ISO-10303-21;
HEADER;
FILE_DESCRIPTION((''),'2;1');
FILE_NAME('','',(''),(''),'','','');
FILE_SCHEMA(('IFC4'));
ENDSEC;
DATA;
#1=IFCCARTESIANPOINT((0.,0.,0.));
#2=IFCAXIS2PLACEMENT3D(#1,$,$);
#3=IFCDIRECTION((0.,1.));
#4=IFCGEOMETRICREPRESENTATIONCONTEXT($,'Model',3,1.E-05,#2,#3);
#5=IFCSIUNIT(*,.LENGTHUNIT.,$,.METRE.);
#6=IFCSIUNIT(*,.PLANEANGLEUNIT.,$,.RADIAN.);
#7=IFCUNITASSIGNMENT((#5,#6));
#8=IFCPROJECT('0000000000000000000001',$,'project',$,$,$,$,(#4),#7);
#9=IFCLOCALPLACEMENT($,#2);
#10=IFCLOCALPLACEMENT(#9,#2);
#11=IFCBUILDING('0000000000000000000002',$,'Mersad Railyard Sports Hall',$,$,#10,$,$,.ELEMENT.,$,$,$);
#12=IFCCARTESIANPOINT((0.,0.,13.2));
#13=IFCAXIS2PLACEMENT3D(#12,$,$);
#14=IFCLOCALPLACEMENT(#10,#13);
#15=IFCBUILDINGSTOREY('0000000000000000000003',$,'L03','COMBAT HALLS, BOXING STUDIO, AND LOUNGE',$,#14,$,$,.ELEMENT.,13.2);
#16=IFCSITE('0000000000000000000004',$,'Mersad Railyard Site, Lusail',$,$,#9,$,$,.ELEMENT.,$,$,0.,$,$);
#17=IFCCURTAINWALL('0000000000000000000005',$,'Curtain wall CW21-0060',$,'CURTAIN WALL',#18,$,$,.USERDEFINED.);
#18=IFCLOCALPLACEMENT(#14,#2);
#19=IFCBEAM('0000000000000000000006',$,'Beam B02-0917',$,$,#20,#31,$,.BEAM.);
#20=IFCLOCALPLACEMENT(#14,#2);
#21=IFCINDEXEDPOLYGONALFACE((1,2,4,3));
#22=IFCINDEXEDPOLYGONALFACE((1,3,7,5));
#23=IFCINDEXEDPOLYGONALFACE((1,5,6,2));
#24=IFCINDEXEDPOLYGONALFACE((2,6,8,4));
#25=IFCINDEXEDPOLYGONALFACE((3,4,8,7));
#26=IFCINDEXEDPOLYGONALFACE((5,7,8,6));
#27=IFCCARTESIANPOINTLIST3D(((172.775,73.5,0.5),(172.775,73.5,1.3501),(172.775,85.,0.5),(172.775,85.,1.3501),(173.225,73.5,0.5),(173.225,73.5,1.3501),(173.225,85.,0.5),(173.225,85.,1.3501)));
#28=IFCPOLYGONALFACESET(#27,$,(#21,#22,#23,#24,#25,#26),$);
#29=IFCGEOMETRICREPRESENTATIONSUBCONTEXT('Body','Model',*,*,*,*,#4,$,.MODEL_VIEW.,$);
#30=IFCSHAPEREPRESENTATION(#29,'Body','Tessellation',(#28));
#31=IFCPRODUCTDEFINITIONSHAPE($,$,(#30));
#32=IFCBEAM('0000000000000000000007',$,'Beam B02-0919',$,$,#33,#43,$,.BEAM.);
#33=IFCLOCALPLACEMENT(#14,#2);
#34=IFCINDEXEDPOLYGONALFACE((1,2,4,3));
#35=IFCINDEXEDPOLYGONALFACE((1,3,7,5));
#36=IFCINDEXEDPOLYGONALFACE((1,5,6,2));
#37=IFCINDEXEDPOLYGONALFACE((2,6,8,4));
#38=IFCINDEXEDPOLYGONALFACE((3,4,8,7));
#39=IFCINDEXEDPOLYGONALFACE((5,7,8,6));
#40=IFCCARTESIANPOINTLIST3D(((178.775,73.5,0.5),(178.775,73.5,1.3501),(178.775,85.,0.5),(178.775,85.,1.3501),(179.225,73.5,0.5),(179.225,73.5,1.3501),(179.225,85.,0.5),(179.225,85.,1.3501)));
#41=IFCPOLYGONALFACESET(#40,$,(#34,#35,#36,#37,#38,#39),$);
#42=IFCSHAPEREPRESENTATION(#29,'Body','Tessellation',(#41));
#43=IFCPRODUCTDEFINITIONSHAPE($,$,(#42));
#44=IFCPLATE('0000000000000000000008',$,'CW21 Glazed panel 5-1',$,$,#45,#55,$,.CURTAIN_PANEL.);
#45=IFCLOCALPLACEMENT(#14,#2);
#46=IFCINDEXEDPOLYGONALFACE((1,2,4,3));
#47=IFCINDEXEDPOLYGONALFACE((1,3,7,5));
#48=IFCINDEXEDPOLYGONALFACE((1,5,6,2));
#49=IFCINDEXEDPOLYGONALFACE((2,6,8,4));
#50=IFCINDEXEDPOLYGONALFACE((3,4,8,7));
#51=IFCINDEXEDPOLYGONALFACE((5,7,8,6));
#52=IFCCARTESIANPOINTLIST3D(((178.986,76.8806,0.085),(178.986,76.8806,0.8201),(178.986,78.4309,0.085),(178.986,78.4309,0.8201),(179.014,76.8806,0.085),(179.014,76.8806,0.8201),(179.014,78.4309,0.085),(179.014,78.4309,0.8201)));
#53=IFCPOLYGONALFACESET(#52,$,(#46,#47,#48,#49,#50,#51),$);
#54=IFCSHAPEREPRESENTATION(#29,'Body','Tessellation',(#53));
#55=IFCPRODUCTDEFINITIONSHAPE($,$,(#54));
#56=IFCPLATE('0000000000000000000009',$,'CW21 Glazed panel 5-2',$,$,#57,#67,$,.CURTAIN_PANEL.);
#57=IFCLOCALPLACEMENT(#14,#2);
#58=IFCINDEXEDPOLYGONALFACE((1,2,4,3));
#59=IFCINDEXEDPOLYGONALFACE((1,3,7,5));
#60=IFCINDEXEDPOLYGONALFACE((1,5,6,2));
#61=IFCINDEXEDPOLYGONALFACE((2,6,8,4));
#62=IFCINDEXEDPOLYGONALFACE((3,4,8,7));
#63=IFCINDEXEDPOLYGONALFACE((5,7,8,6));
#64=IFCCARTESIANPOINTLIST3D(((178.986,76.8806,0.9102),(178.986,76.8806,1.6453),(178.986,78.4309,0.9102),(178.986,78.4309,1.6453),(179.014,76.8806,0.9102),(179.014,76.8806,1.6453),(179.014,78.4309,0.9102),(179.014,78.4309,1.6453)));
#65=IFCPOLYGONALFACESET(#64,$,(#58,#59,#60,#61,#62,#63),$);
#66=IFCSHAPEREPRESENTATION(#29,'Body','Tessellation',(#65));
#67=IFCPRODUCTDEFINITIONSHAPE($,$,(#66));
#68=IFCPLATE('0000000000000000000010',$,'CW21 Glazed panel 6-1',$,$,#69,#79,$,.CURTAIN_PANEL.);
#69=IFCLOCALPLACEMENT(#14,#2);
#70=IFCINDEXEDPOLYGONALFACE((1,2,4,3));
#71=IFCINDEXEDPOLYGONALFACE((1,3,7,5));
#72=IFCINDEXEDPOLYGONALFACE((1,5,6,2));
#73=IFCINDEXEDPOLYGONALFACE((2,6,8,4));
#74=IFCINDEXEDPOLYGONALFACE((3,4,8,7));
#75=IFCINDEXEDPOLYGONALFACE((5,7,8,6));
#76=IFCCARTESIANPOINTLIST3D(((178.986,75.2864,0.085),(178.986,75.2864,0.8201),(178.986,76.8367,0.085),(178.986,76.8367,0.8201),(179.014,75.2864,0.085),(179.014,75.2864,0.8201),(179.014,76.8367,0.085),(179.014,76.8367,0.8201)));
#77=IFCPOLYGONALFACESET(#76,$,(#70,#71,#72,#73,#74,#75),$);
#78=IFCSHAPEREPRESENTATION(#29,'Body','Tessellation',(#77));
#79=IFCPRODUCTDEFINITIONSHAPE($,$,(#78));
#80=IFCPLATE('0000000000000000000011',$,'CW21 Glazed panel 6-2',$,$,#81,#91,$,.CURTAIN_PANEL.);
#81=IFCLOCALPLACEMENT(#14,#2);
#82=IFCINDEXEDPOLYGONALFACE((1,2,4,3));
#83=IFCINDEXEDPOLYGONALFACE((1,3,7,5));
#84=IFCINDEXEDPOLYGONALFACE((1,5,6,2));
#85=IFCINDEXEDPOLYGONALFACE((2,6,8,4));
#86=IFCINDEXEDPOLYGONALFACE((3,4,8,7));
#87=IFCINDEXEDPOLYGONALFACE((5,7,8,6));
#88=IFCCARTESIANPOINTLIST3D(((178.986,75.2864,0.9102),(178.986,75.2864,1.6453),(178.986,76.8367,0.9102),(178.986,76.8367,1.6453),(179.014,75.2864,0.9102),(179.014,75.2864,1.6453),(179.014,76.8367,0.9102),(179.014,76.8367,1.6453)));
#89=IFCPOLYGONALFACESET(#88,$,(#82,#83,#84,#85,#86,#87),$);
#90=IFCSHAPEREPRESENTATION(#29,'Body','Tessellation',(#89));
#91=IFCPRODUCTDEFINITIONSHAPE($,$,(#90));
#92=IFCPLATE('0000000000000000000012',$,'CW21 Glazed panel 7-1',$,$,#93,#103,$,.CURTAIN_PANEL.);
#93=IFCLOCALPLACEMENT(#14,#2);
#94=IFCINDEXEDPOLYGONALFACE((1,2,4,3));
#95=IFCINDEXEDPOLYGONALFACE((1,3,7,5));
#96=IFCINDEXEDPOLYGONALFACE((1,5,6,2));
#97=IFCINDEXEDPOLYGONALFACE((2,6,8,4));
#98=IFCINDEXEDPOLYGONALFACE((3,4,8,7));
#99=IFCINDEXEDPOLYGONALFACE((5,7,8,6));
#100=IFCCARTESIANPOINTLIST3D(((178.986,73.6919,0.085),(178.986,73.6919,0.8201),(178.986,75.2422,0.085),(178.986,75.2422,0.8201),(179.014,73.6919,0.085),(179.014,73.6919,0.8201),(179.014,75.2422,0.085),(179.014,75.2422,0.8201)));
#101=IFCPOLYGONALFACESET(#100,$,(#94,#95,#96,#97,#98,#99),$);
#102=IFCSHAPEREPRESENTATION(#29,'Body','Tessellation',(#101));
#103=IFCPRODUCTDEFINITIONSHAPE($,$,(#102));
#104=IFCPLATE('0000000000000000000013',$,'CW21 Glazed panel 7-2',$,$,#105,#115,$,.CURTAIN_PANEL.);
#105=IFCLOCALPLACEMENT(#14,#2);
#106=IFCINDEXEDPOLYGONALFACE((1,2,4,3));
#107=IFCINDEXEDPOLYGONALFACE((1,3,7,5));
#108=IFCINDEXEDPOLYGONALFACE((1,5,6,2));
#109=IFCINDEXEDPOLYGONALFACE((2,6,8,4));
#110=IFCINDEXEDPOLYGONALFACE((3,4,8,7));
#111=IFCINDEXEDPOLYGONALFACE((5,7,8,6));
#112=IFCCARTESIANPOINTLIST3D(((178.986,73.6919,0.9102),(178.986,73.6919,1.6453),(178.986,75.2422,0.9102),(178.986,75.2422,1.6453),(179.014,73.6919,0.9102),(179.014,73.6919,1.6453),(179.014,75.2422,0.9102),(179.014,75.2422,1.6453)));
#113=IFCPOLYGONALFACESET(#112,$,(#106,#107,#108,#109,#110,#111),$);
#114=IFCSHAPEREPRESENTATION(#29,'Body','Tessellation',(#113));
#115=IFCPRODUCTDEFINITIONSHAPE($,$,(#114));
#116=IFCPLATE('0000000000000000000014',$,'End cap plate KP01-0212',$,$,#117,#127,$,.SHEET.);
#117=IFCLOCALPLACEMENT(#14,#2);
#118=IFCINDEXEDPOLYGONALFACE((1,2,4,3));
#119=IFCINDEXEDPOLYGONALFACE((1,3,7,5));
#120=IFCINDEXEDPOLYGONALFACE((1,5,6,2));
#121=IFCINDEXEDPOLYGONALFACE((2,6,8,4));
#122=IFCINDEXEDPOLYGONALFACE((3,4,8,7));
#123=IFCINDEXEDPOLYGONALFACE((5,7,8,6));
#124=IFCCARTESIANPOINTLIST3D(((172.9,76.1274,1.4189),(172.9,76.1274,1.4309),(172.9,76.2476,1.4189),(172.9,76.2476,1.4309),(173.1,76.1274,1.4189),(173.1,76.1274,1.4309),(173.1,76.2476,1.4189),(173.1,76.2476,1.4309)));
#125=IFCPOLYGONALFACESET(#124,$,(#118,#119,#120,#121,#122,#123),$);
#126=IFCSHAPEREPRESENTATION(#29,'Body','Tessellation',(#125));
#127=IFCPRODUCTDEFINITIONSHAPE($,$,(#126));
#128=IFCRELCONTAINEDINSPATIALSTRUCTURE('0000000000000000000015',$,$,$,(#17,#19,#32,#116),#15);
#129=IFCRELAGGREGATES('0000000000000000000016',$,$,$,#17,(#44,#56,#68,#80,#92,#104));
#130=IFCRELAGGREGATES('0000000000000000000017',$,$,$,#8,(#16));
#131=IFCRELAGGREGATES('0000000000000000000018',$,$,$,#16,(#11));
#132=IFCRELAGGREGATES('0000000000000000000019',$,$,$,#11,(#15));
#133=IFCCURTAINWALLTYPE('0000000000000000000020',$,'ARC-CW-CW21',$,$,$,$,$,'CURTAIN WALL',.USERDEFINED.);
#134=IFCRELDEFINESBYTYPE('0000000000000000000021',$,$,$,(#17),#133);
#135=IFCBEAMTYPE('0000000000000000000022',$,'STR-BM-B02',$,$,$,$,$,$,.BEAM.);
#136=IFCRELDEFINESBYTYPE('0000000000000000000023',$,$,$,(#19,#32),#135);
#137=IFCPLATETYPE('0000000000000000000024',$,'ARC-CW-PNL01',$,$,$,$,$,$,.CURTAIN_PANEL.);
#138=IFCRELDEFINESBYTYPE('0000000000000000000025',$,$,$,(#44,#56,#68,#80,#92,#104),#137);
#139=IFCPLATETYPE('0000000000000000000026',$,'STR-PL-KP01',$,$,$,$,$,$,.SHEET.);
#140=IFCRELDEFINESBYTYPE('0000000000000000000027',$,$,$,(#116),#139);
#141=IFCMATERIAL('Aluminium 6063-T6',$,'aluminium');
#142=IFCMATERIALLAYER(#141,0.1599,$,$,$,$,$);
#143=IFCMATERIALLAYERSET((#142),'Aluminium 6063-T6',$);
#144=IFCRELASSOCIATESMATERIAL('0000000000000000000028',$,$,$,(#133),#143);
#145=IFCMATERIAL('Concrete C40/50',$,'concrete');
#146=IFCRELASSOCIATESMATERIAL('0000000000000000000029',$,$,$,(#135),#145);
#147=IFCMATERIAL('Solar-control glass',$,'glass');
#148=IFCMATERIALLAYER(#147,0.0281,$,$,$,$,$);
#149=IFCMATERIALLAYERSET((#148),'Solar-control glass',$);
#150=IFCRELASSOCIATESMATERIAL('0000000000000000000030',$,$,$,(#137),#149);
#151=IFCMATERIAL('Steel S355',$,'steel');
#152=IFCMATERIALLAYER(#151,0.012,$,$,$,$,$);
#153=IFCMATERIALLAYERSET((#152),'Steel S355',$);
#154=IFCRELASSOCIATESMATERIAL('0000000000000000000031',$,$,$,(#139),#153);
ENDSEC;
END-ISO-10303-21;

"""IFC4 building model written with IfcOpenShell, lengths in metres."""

from ifc_helpers import new_model, si_unit, direction, frame, origin, origin_2d, place, context, subcontext, project, spatial, rectangle, extrude, material, layer, layer_set, material_profile, profile_set, type_object, element, aggregate, save


model = new_model("IFC4")

# Units and contexts
model_context = context("Model", 3, precision=1e-05, world=origin(), true_north=direction((0.0, 1.0)))
body_context = subcontext(model_context, "Body", "Model", "MODEL_VIEW")
ifc_project = project(units=[si_unit("LENGTHUNIT", "METRE"), si_unit("PLANEANGLEUNIT", "RADIAN")], contexts=[model_context])

# Site, building, storey
site_placement = place(None, origin())
site = spatial("IfcSite", under=ifc_project, at=site_placement, Name="Mersad Railyard Site, Lusail", CompositionType="ELEMENT", RefElevation=0.0)
building_placement = place(site_placement, origin())
building = spatial("IfcBuilding", under=site, at=building_placement, Name="Mersad Railyard Sports Hall", CompositionType="ELEMENT")
storey_placement = place(building_placement, frame((0.0, 0.0, 13.2)))
storey = spatial("IfcBuildingStorey", under=building, at=storey_placement, Name="L03", Description="COMBAT HALLS, BOXING STUDIO, AND LOUNGE", CompositionType="ELEMENT", Elevation=13.2)

# Shared definitions
ifc_material_1 = material(Name="Concrete C40/50", Category="concrete")
ifc_material_2 = material(Name="Steel S355", Category="steel")

# Curtain wall
ifc_material_3 = material(Name="Aluminium 6063-T6", Category="aluminium")
ifc_layer_1 = layer(ifc_material_3, 0.1599)
ifc_layer_set_1 = layer_set([ifc_layer_1], Name="Aluminium 6063-T6")
curtain_wall_type_1 = type_object("IfcCurtainWallType", Name="ARC-CW-CW21", ElementType="CURTAIN WALL", PredefinedType="USERDEFINED", material=ifc_layer_set_1)
curtain_wall_1_placement = place(storey_placement, origin())
curtain_wall_1 = element("IfcCurtainWall", 1, at=curtain_wall_1_placement, inside=storey, type_object=curtain_wall_type_1, Name="Curtain wall CW21-0060", ObjectType="CURTAIN WALL", PredefinedType="USERDEFINED")

# Beams
ifc_material_profile_1 = material_profile(ifc_material_1, rectangle(XDim=0.45, YDim=0.8501, at=origin_2d()), Name="RC 450x850")
ifc_profile_set_1 = profile_set([ifc_material_profile_1], Name="Concrete C40/50")
beam_type_1 = type_object("IfcBeamType", Name="STR-BM-B02", PredefinedType="BEAM", material=ifc_profile_set_1)
for number, where, z_axis, x_axis, name in (
    (2, (173.0, 73.5, 0.925), (0.0, 1.0, 0.0), (-1.0, 0.0, 0.0), "Beam B02-0917"),
    (3, (179.0, 73.5, 0.925), (0.0, 1.0, 0.0), (-1.0, 0.0, 0.0), "Beam B02-0919"),
):
    element("IfcBeam", number, at=place(storey_placement, frame(where, z_axis=z_axis, x_axis=x_axis)), inside=storey, type_object=beam_type_1, Name=name, PredefinedType="BEAM", context=body_context, shape_type="SweptSolid", body=[
        extrude(rectangle(XDim=0.45, YDim=0.8501, at=origin_2d()), origin(), (0.0, 0.0, 1.0), 11.5),
    ])

# Plates
ifc_material_4 = material(Name="Solar-control glass", Category="glass")
ifc_layer_2 = layer(ifc_material_4, 0.0281)
ifc_layer_set_2 = layer_set([ifc_layer_2], Name="Solar-control glass")
plate_type_1 = type_object("IfcPlateType", Name="ARC-CW-PNL01", PredefinedType="CURTAIN_PANEL", material=ifc_layer_set_2)
plate_1_placement = place(storey_placement, frame((179.0, 77.6558, 0.085), z_axis=(0.0, 0.0, 1.0), x_axis=(0.0, -1.0, 0.0)))
plate_1 = element("IfcPlate", 4, at=plate_1_placement, type_object=plate_type_1, Name="CW21 Glazed panel 5-1", PredefinedType="CURTAIN_PANEL", context=body_context, shape_type="SweptSolid", body=[
    extrude(rectangle(XDim=1.5503, YDim=0.0281, at=origin_2d()), origin(), (0.0, 0.0, 1.0), 0.7351),
])
plate_2_placement = place(storey_placement, frame((179.0, 77.6558, 0.9102), z_axis=(0.0, 0.0, 1.0), x_axis=(0.0, -1.0, 0.0)))
plate_2 = element("IfcPlate", 5, at=plate_2_placement, type_object=plate_type_1, Name="CW21 Glazed panel 5-2", PredefinedType="CURTAIN_PANEL", context=body_context, shape_type="SweptSolid", body=[
    extrude(rectangle(XDim=1.5503, YDim=0.0281, at=origin_2d()), origin(), (0.0, 0.0, 1.0), 0.7351),
])
plate_3_placement = place(storey_placement, frame((179.0, 76.0615, 0.085), z_axis=(0.0, 0.0, 1.0), x_axis=(0.0, -1.0, 0.0)))
plate_3 = element("IfcPlate", 6, at=plate_3_placement, type_object=plate_type_1, Name="CW21 Glazed panel 6-1", PredefinedType="CURTAIN_PANEL", context=body_context, shape_type="SweptSolid", body=[
    extrude(rectangle(XDim=1.5503, YDim=0.0281, at=origin_2d()), origin(), (0.0, 0.0, 1.0), 0.7351),
])
plate_4_placement = place(storey_placement, frame((179.0, 76.0615, 0.9102), z_axis=(0.0, 0.0, 1.0), x_axis=(0.0, -1.0, 0.0)))
plate_4 = element("IfcPlate", 7, at=plate_4_placement, type_object=plate_type_1, Name="CW21 Glazed panel 6-2", PredefinedType="CURTAIN_PANEL", context=body_context, shape_type="SweptSolid", body=[
    extrude(rectangle(XDim=1.5503, YDim=0.0281, at=origin_2d()), origin(), (0.0, 0.0, 1.0), 0.7351),
])
plate_5_placement = place(storey_placement, frame((179.0, 74.467, 0.085), z_axis=(0.0, 0.0, 1.0), x_axis=(0.0, -1.0, 0.0)))
plate_5 = element("IfcPlate", 8, at=plate_5_placement, type_object=plate_type_1, Name="CW21 Glazed panel 7-1", PredefinedType="CURTAIN_PANEL", context=body_context, shape_type="SweptSolid", body=[
    extrude(rectangle(XDim=1.5503, YDim=0.0281, at=origin_2d()), origin(), (0.0, 0.0, 1.0), 0.7351),
])
plate_6_placement = place(storey_placement, frame((179.0, 74.467, 0.9102), z_axis=(0.0, 0.0, 1.0), x_axis=(0.0, -1.0, 0.0)))
plate_6 = element("IfcPlate", 9, at=plate_6_placement, type_object=plate_type_1, Name="CW21 Glazed panel 7-2", PredefinedType="CURTAIN_PANEL", context=body_context, shape_type="SweptSolid", body=[
    extrude(rectangle(XDim=1.5503, YDim=0.0281, at=origin_2d()), origin(), (0.0, 0.0, 1.0), 0.7351),
])
aggregate(curtain_wall_1, [plate_1, plate_2, plate_3, plate_4, plate_5, plate_6])
ifc_layer_3 = layer(ifc_material_2, 0.012)
ifc_layer_set_3 = layer_set([ifc_layer_3], Name="Steel S355")
plate_type_2 = type_object("IfcPlateType", Name="STR-PL-KP01", PredefinedType="SHEET", material=ifc_layer_set_3)
plate_7_placement = place(storey_placement, frame((173.0, 76.1875, 1.4189), z_axis=(0.0, 0.0, 1.0), x_axis=(1.0, 0.0, 0.0)))
element("IfcPlate", 10, at=plate_7_placement, inside=storey, type_object=plate_type_2, Name="End cap plate KP01-0212", PredefinedType="SHEET", context=body_context, shape_type="SweptSolid", body=[
    extrude(rectangle(XDim=0.2, YDim=0.1201, at=origin_2d()), origin(), (0.0, 0.0, 1.0), 0.012),
])

save(model, "model.ifc")
